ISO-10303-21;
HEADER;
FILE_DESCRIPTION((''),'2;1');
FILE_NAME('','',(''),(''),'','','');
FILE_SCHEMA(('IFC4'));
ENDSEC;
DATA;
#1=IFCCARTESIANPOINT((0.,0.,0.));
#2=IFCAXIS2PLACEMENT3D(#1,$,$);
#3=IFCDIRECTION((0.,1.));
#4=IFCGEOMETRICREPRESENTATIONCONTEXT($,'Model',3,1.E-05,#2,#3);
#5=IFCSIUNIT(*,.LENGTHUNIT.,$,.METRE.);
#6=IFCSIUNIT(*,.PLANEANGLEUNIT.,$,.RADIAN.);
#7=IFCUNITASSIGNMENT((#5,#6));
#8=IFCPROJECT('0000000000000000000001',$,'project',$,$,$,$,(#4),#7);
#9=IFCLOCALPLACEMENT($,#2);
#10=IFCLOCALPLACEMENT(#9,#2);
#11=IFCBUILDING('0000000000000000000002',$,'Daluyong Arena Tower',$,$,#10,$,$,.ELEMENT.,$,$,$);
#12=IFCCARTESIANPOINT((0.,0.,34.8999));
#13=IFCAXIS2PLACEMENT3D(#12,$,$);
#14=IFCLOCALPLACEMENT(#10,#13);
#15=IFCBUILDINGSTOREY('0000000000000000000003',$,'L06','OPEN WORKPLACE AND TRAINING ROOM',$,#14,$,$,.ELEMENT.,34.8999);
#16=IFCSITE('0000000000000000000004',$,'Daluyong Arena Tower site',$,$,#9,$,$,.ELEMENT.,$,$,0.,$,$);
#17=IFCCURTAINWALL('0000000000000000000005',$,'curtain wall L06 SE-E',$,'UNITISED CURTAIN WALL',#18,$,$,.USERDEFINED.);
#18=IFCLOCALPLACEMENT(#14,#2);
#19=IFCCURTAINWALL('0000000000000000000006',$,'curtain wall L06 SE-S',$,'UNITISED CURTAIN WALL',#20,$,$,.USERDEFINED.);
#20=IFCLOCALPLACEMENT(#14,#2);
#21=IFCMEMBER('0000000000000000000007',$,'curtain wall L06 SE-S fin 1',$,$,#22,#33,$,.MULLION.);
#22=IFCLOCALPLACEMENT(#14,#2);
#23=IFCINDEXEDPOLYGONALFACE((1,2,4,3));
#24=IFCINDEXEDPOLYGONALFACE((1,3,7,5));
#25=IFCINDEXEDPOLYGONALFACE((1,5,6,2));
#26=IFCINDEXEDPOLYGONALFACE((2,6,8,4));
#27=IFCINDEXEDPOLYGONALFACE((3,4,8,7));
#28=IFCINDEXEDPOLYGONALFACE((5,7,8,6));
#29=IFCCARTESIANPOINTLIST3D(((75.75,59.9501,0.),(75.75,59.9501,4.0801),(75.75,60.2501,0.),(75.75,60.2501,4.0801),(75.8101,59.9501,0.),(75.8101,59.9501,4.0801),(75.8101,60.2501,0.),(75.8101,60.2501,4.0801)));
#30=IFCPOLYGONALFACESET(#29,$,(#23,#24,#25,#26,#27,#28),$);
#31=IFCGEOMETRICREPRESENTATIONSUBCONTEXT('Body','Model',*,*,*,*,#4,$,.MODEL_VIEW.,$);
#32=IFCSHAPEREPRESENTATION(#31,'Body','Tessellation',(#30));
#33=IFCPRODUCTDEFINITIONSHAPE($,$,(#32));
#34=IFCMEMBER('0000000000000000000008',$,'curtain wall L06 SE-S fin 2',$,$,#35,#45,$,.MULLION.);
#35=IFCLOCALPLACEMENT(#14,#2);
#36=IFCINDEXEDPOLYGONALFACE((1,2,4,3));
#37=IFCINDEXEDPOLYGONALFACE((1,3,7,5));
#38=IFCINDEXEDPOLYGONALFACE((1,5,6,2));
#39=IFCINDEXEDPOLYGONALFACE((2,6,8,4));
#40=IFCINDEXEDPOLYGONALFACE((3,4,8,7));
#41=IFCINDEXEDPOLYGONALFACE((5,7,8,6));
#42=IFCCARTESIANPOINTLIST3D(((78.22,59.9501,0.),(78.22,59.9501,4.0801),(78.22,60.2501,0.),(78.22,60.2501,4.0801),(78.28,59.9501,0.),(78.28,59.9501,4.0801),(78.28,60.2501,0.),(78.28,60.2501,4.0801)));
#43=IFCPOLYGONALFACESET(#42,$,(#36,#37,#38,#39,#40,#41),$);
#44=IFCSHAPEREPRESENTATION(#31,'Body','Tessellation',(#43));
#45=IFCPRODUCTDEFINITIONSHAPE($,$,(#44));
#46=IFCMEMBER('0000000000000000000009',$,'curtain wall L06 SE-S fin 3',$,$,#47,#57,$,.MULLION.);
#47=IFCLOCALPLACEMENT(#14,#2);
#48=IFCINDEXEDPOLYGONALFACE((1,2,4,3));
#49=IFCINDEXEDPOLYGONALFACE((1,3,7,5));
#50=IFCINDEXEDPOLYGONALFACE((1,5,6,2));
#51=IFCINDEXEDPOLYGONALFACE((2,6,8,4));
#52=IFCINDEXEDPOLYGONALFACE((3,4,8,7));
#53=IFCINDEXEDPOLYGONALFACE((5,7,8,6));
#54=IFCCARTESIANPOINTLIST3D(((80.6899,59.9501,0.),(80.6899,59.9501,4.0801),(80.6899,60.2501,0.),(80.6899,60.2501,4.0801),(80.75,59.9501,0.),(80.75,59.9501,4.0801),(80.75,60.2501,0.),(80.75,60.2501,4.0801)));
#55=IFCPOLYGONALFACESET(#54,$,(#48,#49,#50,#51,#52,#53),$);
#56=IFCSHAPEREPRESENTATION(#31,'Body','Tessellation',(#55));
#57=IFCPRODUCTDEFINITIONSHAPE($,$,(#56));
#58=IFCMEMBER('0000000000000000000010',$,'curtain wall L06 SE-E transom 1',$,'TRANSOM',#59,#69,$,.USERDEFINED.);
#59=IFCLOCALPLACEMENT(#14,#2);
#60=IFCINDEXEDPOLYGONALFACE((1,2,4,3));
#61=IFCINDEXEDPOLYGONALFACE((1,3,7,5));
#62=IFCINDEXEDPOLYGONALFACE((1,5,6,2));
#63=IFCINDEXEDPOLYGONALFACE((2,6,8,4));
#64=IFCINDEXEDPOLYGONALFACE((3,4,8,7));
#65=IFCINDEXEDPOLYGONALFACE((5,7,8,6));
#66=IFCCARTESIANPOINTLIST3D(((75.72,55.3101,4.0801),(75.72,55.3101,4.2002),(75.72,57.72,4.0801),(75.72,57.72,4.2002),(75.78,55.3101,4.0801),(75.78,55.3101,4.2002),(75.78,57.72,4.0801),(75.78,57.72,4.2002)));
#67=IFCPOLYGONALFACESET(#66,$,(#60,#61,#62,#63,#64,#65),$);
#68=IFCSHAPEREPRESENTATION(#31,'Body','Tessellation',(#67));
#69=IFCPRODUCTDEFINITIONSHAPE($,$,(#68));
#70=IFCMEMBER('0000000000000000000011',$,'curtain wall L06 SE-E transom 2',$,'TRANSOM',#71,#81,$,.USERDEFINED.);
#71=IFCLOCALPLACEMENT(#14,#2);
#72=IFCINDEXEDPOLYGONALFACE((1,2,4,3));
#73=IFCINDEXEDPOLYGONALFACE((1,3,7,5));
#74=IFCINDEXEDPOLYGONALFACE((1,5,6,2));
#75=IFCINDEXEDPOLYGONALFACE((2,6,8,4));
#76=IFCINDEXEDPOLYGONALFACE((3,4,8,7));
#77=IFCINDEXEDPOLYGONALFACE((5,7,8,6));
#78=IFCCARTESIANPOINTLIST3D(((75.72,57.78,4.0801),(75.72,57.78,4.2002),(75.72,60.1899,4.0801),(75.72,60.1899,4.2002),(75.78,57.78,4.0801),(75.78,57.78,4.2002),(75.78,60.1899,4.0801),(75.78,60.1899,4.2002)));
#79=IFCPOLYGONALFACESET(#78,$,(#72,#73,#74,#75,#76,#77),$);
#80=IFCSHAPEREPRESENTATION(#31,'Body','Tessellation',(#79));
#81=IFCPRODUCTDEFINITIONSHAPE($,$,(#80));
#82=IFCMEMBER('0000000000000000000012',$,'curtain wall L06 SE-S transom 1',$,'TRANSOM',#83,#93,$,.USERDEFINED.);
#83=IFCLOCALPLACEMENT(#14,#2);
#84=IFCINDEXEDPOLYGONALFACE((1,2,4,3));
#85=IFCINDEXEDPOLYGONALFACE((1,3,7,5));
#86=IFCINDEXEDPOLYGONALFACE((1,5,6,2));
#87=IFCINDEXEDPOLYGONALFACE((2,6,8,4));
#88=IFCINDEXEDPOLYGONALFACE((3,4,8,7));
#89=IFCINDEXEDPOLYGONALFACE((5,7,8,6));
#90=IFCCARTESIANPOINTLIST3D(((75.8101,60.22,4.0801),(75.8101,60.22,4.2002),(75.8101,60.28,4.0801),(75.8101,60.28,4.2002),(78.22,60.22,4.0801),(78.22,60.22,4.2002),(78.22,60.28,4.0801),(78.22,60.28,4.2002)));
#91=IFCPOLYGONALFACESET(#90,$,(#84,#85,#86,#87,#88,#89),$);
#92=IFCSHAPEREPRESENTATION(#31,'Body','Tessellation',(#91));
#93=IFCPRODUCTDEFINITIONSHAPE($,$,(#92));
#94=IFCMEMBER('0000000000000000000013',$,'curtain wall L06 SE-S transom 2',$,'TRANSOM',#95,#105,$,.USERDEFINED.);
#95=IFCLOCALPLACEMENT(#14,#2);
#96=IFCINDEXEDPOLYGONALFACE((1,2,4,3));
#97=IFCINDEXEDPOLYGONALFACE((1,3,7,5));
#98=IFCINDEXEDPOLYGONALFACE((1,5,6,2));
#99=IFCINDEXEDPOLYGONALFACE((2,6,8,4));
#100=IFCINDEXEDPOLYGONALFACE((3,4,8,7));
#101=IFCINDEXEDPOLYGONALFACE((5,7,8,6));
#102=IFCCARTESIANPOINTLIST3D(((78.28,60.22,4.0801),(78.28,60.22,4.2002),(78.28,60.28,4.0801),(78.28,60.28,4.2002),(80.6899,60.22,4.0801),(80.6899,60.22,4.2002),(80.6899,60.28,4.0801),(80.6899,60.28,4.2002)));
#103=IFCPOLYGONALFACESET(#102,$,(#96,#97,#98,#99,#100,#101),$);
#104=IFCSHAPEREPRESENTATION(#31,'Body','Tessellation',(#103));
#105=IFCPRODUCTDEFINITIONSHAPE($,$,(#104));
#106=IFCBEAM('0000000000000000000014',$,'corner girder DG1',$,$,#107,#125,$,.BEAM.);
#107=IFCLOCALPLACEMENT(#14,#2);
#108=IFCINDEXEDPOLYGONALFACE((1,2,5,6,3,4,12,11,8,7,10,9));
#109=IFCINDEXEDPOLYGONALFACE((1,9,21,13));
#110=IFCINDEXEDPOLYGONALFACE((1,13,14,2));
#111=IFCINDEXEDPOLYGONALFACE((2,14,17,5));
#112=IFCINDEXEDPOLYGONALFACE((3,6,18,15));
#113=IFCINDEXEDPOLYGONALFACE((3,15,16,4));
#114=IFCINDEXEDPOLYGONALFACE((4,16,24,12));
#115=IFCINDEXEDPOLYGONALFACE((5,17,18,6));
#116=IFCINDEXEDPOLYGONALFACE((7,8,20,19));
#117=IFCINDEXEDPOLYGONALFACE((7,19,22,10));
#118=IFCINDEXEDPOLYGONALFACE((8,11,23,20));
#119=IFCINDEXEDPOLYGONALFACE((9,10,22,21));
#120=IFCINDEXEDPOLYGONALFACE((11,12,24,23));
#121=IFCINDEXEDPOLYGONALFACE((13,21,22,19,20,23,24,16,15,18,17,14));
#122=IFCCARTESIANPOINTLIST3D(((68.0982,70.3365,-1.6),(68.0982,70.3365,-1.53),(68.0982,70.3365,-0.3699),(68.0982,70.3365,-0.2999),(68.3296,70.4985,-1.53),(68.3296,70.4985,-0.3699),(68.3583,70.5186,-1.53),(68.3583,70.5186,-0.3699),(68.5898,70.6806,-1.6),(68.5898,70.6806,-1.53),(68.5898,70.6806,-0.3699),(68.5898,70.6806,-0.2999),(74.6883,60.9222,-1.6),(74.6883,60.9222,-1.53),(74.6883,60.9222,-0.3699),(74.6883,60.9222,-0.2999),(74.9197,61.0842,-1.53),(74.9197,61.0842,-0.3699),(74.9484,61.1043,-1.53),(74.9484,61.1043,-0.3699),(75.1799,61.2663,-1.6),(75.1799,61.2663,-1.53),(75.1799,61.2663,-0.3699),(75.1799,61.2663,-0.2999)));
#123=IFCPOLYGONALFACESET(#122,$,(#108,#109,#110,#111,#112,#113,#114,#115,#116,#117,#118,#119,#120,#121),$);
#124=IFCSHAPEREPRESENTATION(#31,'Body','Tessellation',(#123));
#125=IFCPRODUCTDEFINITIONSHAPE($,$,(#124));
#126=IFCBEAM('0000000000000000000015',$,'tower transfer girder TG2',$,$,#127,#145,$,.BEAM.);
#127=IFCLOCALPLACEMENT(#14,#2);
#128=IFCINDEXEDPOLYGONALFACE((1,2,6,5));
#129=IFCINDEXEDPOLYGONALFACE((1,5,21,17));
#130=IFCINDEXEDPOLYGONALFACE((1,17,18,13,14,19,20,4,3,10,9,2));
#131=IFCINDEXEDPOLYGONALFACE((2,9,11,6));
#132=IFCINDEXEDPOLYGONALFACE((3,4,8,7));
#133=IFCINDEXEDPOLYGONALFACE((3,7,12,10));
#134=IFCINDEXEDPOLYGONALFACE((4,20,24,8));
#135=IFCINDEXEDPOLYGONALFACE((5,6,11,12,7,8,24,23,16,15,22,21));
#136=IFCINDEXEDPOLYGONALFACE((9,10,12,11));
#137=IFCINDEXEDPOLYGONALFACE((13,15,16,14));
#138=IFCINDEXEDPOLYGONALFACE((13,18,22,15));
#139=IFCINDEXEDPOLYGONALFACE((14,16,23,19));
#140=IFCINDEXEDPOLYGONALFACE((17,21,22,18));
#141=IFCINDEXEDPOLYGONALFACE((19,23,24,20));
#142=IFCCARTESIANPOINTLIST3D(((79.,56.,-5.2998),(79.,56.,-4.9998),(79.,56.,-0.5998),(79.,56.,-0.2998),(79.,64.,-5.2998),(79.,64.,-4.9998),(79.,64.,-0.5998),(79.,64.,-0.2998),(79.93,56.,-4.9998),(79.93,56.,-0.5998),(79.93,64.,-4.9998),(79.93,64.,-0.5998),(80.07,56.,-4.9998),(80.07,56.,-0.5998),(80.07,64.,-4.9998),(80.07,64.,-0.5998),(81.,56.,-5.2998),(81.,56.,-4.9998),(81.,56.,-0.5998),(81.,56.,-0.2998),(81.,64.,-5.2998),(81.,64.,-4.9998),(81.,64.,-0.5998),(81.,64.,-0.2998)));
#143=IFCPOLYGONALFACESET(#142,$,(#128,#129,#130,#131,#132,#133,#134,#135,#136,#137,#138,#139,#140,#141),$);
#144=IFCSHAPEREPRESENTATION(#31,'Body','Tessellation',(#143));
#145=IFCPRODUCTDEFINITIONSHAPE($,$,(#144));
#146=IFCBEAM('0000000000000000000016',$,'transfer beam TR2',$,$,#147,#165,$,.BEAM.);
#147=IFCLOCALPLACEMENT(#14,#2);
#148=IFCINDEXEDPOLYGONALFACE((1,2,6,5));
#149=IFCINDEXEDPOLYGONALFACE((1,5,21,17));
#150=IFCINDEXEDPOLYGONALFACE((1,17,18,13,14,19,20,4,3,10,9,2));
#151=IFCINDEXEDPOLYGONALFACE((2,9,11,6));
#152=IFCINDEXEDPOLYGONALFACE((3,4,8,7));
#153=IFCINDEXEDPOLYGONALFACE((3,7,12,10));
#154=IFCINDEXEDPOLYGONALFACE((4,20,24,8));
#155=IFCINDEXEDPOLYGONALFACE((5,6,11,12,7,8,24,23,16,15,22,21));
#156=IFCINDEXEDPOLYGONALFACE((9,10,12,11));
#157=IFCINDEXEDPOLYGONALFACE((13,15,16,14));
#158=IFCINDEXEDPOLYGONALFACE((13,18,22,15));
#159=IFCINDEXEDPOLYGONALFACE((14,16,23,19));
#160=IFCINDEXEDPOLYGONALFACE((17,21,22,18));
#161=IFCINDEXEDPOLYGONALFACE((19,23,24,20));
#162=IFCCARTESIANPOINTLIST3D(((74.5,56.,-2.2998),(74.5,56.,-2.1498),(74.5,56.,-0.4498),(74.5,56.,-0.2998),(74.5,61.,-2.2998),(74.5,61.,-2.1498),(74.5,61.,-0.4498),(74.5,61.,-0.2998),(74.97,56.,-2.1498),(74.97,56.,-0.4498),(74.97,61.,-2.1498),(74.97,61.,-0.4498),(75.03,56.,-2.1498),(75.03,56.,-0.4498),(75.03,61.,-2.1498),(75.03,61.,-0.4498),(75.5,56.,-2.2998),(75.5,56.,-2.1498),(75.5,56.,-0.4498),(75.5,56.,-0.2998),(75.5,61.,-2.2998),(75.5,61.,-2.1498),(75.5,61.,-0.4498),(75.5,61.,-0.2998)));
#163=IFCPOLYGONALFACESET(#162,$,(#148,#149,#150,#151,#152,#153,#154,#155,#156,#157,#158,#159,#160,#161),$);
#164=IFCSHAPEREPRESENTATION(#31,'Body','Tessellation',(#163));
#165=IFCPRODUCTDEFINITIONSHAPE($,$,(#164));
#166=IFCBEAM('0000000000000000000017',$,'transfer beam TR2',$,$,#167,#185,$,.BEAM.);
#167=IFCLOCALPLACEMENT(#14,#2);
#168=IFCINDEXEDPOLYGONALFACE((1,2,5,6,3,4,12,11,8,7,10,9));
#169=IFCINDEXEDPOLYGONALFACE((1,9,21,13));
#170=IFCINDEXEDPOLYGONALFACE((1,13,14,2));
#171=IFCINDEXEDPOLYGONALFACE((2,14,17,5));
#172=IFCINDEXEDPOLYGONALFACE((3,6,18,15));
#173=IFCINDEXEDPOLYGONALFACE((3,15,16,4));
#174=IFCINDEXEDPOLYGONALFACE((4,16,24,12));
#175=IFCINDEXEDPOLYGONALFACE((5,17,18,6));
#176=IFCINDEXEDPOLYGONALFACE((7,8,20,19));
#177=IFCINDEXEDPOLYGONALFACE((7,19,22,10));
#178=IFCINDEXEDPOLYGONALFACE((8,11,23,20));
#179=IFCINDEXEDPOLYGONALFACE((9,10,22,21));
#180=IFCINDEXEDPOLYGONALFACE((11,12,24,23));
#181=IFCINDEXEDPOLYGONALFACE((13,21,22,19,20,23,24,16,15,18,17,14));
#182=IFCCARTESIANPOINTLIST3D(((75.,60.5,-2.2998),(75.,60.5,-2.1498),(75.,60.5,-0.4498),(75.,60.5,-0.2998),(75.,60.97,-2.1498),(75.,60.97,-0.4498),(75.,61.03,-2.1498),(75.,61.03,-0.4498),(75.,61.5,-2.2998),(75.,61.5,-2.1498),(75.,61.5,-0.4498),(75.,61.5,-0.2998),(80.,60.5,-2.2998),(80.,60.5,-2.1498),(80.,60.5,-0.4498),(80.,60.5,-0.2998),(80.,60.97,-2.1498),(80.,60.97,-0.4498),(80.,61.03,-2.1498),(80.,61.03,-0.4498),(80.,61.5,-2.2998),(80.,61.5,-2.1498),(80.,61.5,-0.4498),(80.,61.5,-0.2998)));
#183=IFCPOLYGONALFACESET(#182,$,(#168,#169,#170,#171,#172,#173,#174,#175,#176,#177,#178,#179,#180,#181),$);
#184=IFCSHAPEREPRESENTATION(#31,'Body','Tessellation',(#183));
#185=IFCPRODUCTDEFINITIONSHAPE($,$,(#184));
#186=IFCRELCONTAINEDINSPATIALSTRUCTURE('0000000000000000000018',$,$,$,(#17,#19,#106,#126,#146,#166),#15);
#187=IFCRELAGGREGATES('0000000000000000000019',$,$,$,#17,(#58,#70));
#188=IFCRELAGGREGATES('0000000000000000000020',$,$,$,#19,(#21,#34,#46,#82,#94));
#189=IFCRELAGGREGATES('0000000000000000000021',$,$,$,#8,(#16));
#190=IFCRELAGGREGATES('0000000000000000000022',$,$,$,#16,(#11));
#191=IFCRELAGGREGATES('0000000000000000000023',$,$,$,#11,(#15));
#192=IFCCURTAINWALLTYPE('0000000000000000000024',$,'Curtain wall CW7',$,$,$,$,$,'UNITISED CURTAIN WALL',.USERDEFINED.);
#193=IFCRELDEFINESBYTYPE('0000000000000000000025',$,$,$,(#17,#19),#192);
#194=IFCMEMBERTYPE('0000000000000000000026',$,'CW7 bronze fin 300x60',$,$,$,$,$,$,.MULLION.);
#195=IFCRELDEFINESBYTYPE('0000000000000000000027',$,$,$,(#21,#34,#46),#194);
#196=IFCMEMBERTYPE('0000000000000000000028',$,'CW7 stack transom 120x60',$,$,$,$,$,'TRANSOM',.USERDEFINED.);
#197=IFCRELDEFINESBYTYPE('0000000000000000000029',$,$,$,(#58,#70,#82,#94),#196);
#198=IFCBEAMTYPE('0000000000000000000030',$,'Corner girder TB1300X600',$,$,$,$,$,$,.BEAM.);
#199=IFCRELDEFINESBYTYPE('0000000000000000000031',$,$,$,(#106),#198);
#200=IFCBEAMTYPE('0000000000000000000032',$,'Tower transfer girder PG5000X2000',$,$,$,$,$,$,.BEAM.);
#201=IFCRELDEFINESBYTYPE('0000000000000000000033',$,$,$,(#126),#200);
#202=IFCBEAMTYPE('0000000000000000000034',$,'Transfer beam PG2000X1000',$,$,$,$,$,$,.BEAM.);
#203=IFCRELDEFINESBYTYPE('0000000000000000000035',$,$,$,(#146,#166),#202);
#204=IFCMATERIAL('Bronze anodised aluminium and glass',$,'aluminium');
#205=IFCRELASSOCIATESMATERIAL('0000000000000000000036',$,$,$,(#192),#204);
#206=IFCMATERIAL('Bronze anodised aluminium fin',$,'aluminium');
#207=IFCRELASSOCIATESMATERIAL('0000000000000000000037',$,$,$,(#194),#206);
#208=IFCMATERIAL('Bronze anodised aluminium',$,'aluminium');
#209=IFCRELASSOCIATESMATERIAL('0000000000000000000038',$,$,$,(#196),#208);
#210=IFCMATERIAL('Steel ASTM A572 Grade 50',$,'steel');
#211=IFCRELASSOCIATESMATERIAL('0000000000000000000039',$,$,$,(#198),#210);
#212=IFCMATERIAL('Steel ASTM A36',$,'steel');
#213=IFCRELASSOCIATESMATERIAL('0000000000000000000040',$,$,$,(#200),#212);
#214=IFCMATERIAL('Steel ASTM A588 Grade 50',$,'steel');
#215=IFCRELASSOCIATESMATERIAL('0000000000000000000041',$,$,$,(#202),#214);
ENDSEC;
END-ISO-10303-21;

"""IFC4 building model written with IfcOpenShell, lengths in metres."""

from ifc_helpers import new_model, si_unit, direction, frame, origin, origin_2d, place, context, subcontext, project, spatial, rectangle, i_section, extrude, material, material_profile, profile_set, type_object, element, aggregate, save


model = new_model("IFC4")

# Units and contexts
model_context = context("Model", 3, precision=1e-05, world=origin(), true_north=direction((0.0, 1.0)))
body_context = subcontext(model_context, "Body", "Model", "MODEL_VIEW")
ifc_project = project(units=[si_unit("LENGTHUNIT", "METRE"), si_unit("PLANEANGLEUNIT", "RADIAN")], contexts=[model_context])

# Site, building, storey
site_placement = place(None, origin())
site = spatial("IfcSite", under=ifc_project, at=site_placement, Name="Daluyong Arena Tower site", CompositionType="ELEMENT", RefElevation=0.0)
building_placement = place(site_placement, origin())
building = spatial("IfcBuilding", under=site, at=building_placement, Name="Daluyong Arena Tower", CompositionType="ELEMENT")
storey_placement = place(building_placement, frame((0.0, 0.0, 34.8999)))
storey = spatial("IfcBuildingStorey", under=building, at=storey_placement, Name="L06", Description="OPEN WORKPLACE AND TRAINING ROOM", CompositionType="ELEMENT", Elevation=34.8999)

# Curtain walls, members
ifc_material_1 = material(Name="Bronze anodised aluminium and glass", Category="aluminium")
curtain_wall_type_1 = type_object("IfcCurtainWallType", Name="Curtain wall CW7", ElementType="UNITISED CURTAIN WALL", PredefinedType="USERDEFINED", material=ifc_material_1)
curtain_wall_1_placement = place(storey_placement, origin())
curtain_wall_1 = element("IfcCurtainWall", 1, at=curtain_wall_1_placement, inside=storey, type_object=curtain_wall_type_1, Name="curtain wall L06 SE-E", ObjectType="UNITISED CURTAIN WALL", PredefinedType="USERDEFINED")
ifc_material_2 = material(Name="Bronze anodised aluminium fin", Category="aluminium")
ifc_material_profile_1 = material_profile(ifc_material_2, rectangle(XDim=0.3, YDim=0.0601, at=origin_2d()))
ifc_profile_set_1 = profile_set([ifc_material_profile_1], Name="Bronze anodised aluminium fin")
member_type_1 = type_object("IfcMemberType", Name="CW7 bronze fin 300x60", PredefinedType="MULLION", material=ifc_profile_set_1)
curtain_wall_2_placement = place(storey_placement, origin())
curtain_wall_2 = element("IfcCurtainWall", 2, at=curtain_wall_2_placement, inside=storey, type_object=curtain_wall_type_1, Name="curtain wall L06 SE-S", ObjectType="UNITISED CURTAIN WALL", PredefinedType="USERDEFINED")
member_1_placement = place(storey_placement, frame((75.78, 60.1001, 0.0), z_axis=(0.0, 0.0, 1.0), x_axis=(0.0, 1.0, 0.0)))
member_1 = element("IfcMember", 3, at=member_1_placement, type_object=member_type_1, Name="curtain wall L06 SE-S fin 1", PredefinedType="MULLION", context=body_context, shape_type="SweptSolid", body=[
    extrude(rectangle(XDim=0.3, YDim=0.0601, at=origin_2d()), origin(), (0.0, 0.0, 1.0), 4.0801),
])
member_2_placement = place(storey_placement, frame((78.25, 60.1001, 0.0), z_axis=(0.0, 0.0, 1.0), x_axis=(0.0, 1.0, 0.0)))
member_2 = element("IfcMember", 4, at=member_2_placement, type_object=member_type_1, Name="curtain wall L06 SE-S fin 2", PredefinedType="MULLION", context=body_context, shape_type="SweptSolid", body=[
    extrude(rectangle(XDim=0.3, YDim=0.0601, at=origin_2d()), origin(), (0.0, 0.0, 1.0), 4.0801),
])
member_3_placement = place(storey_placement, frame((80.72, 60.1001, 0.0), z_axis=(0.0, 0.0, 1.0), x_axis=(0.0, 1.0, 0.0)))
member_3 = element("IfcMember", 5, at=member_3_placement, type_object=member_type_1, Name="curtain wall L06 SE-S fin 3", PredefinedType="MULLION", context=body_context, shape_type="SweptSolid", body=[
    extrude(rectangle(XDim=0.3, YDim=0.0601, at=origin_2d()), origin(), (0.0, 0.0, 1.0), 4.0801),
])

# Members
ifc_material_3 = material(Name="Bronze anodised aluminium", Category="aluminium")
ifc_material_profile_2 = material_profile(ifc_material_3, rectangle(XDim=0.0601, YDim=0.1201, at=origin_2d()))
ifc_profile_set_2 = profile_set([ifc_material_profile_2], Name="Bronze anodised aluminium")
member_type_2 = type_object("IfcMemberType", Name="CW7 stack transom 120x60", ElementType="TRANSOM", PredefinedType="USERDEFINED", material=ifc_profile_set_2)
member_4_placement = place(storey_placement, frame((75.75, 55.3101, 4.1401), z_axis=(0.0, 1.0, 0.0), x_axis=(-1.0, 0.0, 0.0)))
member_4 = element("IfcMember", 6, at=member_4_placement, type_object=member_type_2, Name="curtain wall L06 SE-E transom 1", ObjectType="TRANSOM", PredefinedType="USERDEFINED", context=body_context, shape_type="SweptSolid", body=[
    extrude(rectangle(XDim=0.0601, YDim=0.1201, at=origin_2d()), origin(), (0.0, 0.0, 1.0), 2.4099),
])
member_5_placement = place(storey_placement, frame((75.75, 57.78, 4.1401), z_axis=(0.0, 1.0, 0.0), x_axis=(-1.0, 0.0, 0.0)))
member_5 = element("IfcMember", 7, at=member_5_placement, type_object=member_type_2, Name="curtain wall L06 SE-E transom 2", ObjectType="TRANSOM", PredefinedType="USERDEFINED", context=body_context, shape_type="SweptSolid", body=[
    extrude(rectangle(XDim=0.0601, YDim=0.1201, at=origin_2d()), origin(), (0.0, 0.0, 1.0), 2.4099),
])
member_6_placement = place(storey_placement, frame((75.8101, 60.25, 4.1401), z_axis=(1.0, 0.0, 0.0), x_axis=(0.0, 1.0, 0.0)))
member_6 = element("IfcMember", 8, at=member_6_placement, type_object=member_type_2, Name="curtain wall L06 SE-S transom 1", ObjectType="TRANSOM", PredefinedType="USERDEFINED", context=body_context, shape_type="SweptSolid", body=[
    extrude(rectangle(XDim=0.0601, YDim=0.1201, at=origin_2d()), origin(), (0.0, 0.0, 1.0), 2.4099),
])
member_7_placement = place(storey_placement, frame((78.28, 60.25, 4.1401), z_axis=(1.0, 0.0, 0.0), x_axis=(0.0, 1.0, 0.0)))
member_7 = element("IfcMember", 9, at=member_7_placement, type_object=member_type_2, Name="curtain wall L06 SE-S transom 2", ObjectType="TRANSOM", PredefinedType="USERDEFINED", context=body_context, shape_type="SweptSolid", body=[
    extrude(rectangle(XDim=0.0601, YDim=0.1201, at=origin_2d()), origin(), (0.0, 0.0, 1.0), 2.4099),
])

# Beams
ifc_material_4 = material(Name="Steel ASTM A572 Grade 50", Category="steel")
ifc_material_profile_3 = material_profile(ifc_material_4, i_section(OverallWidth=0.6001, OverallDepth=1.3, WebThickness=0.035, FlangeThickness=0.07, at=origin_2d()))
ifc_profile_set_3 = profile_set([ifc_material_profile_3], Name="Steel ASTM A572 Grade 50")
beam_type_1 = type_object("IfcBeamType", Name="Corner girder TB1300X600", PredefinedType="BEAM", material=ifc_profile_set_3)
beam_1_placement = place(storey_placement, frame((74.9341, 61.0942, -0.95), z_axis=(-0.573467, 0.819229, 0.0), x_axis=(-0.819229, -0.573467, 0.0)))
element("IfcBeam", 10, at=beam_1_placement, inside=storey, type_object=beam_type_1, Name="corner girder DG1", PredefinedType="BEAM", context=body_context, shape_type="SweptSolid", body=[
    extrude(i_section(OverallWidth=0.6001, OverallDepth=1.3, WebThickness=0.035, FlangeThickness=0.07, at=origin_2d()), origin(), (0.0, 0.0, 1.0), 11.4917),
])
ifc_material_5 = material(Name="Steel ASTM A36", Category="steel")
ifc_material_profile_4 = material_profile(ifc_material_5, i_section(OverallWidth=2.0, OverallDepth=5.0, WebThickness=0.14, FlangeThickness=0.3, at=origin_2d()))
ifc_profile_set_4 = profile_set([ifc_material_profile_4], Name="Steel ASTM A36")
beam_type_2 = type_object("IfcBeamType", Name="Tower transfer girder PG5000X2000", PredefinedType="BEAM", material=ifc_profile_set_4)
beam_2_placement = place(storey_placement, frame((80.0, 56.0, -2.7998), z_axis=(0.0, 1.0, 0.0), x_axis=(-1.0, 0.0, 0.0)))
element("IfcBeam", 11, at=beam_2_placement, inside=storey, type_object=beam_type_2, Name="tower transfer girder TG2", PredefinedType="BEAM", context=body_context, shape_type="SweptSolid", body=[
    extrude(i_section(OverallWidth=2.0, OverallDepth=5.0, WebThickness=0.14, FlangeThickness=0.3, at=origin_2d()), origin(), (0.0, 0.0, 1.0), 8.0),
])
ifc_material_6 = material(Name="Steel ASTM A588 Grade 50", Category="steel")
ifc_material_profile_5 = material_profile(ifc_material_6, i_section(OverallWidth=1.0, OverallDepth=2.0, WebThickness=0.06, FlangeThickness=0.15, at=origin_2d()))
ifc_profile_set_5 = profile_set([ifc_material_profile_5], Name="Steel ASTM A588 Grade 50")
beam_type_3 = type_object("IfcBeamType", Name="Transfer beam PG2000X1000", PredefinedType="BEAM", material=ifc_profile_set_5)
for number, where, z_axis, x_axis, name in (
    (12, (75.0, 56.0, -1.2998), (0.0, 1.0, 0.0), (-1.0, 0.0, 0.0), "transfer beam TR2"),
    (13, (80.0, 61.0, -1.2998), (-1.0, 0.0, 0.0), (0.0, -1.0, 0.0), "transfer beam TR2"),
):
    element("IfcBeam", number, at=place(storey_placement, frame(where, z_axis=z_axis, x_axis=x_axis)), inside=storey, type_object=beam_type_3, Name=name, PredefinedType="BEAM", context=body_context, shape_type="SweptSolid", body=[
        extrude(i_section(OverallWidth=1.0, OverallDepth=2.0, WebThickness=0.06, FlangeThickness=0.15, at=origin_2d()), origin(), (0.0, 0.0, 1.0), 5.0),
    ])

aggregate(curtain_wall_1, [member_4, member_5])
aggregate(curtain_wall_2, [member_1, member_2, member_3, member_6, member_7])

save(model, "model.ifc")
